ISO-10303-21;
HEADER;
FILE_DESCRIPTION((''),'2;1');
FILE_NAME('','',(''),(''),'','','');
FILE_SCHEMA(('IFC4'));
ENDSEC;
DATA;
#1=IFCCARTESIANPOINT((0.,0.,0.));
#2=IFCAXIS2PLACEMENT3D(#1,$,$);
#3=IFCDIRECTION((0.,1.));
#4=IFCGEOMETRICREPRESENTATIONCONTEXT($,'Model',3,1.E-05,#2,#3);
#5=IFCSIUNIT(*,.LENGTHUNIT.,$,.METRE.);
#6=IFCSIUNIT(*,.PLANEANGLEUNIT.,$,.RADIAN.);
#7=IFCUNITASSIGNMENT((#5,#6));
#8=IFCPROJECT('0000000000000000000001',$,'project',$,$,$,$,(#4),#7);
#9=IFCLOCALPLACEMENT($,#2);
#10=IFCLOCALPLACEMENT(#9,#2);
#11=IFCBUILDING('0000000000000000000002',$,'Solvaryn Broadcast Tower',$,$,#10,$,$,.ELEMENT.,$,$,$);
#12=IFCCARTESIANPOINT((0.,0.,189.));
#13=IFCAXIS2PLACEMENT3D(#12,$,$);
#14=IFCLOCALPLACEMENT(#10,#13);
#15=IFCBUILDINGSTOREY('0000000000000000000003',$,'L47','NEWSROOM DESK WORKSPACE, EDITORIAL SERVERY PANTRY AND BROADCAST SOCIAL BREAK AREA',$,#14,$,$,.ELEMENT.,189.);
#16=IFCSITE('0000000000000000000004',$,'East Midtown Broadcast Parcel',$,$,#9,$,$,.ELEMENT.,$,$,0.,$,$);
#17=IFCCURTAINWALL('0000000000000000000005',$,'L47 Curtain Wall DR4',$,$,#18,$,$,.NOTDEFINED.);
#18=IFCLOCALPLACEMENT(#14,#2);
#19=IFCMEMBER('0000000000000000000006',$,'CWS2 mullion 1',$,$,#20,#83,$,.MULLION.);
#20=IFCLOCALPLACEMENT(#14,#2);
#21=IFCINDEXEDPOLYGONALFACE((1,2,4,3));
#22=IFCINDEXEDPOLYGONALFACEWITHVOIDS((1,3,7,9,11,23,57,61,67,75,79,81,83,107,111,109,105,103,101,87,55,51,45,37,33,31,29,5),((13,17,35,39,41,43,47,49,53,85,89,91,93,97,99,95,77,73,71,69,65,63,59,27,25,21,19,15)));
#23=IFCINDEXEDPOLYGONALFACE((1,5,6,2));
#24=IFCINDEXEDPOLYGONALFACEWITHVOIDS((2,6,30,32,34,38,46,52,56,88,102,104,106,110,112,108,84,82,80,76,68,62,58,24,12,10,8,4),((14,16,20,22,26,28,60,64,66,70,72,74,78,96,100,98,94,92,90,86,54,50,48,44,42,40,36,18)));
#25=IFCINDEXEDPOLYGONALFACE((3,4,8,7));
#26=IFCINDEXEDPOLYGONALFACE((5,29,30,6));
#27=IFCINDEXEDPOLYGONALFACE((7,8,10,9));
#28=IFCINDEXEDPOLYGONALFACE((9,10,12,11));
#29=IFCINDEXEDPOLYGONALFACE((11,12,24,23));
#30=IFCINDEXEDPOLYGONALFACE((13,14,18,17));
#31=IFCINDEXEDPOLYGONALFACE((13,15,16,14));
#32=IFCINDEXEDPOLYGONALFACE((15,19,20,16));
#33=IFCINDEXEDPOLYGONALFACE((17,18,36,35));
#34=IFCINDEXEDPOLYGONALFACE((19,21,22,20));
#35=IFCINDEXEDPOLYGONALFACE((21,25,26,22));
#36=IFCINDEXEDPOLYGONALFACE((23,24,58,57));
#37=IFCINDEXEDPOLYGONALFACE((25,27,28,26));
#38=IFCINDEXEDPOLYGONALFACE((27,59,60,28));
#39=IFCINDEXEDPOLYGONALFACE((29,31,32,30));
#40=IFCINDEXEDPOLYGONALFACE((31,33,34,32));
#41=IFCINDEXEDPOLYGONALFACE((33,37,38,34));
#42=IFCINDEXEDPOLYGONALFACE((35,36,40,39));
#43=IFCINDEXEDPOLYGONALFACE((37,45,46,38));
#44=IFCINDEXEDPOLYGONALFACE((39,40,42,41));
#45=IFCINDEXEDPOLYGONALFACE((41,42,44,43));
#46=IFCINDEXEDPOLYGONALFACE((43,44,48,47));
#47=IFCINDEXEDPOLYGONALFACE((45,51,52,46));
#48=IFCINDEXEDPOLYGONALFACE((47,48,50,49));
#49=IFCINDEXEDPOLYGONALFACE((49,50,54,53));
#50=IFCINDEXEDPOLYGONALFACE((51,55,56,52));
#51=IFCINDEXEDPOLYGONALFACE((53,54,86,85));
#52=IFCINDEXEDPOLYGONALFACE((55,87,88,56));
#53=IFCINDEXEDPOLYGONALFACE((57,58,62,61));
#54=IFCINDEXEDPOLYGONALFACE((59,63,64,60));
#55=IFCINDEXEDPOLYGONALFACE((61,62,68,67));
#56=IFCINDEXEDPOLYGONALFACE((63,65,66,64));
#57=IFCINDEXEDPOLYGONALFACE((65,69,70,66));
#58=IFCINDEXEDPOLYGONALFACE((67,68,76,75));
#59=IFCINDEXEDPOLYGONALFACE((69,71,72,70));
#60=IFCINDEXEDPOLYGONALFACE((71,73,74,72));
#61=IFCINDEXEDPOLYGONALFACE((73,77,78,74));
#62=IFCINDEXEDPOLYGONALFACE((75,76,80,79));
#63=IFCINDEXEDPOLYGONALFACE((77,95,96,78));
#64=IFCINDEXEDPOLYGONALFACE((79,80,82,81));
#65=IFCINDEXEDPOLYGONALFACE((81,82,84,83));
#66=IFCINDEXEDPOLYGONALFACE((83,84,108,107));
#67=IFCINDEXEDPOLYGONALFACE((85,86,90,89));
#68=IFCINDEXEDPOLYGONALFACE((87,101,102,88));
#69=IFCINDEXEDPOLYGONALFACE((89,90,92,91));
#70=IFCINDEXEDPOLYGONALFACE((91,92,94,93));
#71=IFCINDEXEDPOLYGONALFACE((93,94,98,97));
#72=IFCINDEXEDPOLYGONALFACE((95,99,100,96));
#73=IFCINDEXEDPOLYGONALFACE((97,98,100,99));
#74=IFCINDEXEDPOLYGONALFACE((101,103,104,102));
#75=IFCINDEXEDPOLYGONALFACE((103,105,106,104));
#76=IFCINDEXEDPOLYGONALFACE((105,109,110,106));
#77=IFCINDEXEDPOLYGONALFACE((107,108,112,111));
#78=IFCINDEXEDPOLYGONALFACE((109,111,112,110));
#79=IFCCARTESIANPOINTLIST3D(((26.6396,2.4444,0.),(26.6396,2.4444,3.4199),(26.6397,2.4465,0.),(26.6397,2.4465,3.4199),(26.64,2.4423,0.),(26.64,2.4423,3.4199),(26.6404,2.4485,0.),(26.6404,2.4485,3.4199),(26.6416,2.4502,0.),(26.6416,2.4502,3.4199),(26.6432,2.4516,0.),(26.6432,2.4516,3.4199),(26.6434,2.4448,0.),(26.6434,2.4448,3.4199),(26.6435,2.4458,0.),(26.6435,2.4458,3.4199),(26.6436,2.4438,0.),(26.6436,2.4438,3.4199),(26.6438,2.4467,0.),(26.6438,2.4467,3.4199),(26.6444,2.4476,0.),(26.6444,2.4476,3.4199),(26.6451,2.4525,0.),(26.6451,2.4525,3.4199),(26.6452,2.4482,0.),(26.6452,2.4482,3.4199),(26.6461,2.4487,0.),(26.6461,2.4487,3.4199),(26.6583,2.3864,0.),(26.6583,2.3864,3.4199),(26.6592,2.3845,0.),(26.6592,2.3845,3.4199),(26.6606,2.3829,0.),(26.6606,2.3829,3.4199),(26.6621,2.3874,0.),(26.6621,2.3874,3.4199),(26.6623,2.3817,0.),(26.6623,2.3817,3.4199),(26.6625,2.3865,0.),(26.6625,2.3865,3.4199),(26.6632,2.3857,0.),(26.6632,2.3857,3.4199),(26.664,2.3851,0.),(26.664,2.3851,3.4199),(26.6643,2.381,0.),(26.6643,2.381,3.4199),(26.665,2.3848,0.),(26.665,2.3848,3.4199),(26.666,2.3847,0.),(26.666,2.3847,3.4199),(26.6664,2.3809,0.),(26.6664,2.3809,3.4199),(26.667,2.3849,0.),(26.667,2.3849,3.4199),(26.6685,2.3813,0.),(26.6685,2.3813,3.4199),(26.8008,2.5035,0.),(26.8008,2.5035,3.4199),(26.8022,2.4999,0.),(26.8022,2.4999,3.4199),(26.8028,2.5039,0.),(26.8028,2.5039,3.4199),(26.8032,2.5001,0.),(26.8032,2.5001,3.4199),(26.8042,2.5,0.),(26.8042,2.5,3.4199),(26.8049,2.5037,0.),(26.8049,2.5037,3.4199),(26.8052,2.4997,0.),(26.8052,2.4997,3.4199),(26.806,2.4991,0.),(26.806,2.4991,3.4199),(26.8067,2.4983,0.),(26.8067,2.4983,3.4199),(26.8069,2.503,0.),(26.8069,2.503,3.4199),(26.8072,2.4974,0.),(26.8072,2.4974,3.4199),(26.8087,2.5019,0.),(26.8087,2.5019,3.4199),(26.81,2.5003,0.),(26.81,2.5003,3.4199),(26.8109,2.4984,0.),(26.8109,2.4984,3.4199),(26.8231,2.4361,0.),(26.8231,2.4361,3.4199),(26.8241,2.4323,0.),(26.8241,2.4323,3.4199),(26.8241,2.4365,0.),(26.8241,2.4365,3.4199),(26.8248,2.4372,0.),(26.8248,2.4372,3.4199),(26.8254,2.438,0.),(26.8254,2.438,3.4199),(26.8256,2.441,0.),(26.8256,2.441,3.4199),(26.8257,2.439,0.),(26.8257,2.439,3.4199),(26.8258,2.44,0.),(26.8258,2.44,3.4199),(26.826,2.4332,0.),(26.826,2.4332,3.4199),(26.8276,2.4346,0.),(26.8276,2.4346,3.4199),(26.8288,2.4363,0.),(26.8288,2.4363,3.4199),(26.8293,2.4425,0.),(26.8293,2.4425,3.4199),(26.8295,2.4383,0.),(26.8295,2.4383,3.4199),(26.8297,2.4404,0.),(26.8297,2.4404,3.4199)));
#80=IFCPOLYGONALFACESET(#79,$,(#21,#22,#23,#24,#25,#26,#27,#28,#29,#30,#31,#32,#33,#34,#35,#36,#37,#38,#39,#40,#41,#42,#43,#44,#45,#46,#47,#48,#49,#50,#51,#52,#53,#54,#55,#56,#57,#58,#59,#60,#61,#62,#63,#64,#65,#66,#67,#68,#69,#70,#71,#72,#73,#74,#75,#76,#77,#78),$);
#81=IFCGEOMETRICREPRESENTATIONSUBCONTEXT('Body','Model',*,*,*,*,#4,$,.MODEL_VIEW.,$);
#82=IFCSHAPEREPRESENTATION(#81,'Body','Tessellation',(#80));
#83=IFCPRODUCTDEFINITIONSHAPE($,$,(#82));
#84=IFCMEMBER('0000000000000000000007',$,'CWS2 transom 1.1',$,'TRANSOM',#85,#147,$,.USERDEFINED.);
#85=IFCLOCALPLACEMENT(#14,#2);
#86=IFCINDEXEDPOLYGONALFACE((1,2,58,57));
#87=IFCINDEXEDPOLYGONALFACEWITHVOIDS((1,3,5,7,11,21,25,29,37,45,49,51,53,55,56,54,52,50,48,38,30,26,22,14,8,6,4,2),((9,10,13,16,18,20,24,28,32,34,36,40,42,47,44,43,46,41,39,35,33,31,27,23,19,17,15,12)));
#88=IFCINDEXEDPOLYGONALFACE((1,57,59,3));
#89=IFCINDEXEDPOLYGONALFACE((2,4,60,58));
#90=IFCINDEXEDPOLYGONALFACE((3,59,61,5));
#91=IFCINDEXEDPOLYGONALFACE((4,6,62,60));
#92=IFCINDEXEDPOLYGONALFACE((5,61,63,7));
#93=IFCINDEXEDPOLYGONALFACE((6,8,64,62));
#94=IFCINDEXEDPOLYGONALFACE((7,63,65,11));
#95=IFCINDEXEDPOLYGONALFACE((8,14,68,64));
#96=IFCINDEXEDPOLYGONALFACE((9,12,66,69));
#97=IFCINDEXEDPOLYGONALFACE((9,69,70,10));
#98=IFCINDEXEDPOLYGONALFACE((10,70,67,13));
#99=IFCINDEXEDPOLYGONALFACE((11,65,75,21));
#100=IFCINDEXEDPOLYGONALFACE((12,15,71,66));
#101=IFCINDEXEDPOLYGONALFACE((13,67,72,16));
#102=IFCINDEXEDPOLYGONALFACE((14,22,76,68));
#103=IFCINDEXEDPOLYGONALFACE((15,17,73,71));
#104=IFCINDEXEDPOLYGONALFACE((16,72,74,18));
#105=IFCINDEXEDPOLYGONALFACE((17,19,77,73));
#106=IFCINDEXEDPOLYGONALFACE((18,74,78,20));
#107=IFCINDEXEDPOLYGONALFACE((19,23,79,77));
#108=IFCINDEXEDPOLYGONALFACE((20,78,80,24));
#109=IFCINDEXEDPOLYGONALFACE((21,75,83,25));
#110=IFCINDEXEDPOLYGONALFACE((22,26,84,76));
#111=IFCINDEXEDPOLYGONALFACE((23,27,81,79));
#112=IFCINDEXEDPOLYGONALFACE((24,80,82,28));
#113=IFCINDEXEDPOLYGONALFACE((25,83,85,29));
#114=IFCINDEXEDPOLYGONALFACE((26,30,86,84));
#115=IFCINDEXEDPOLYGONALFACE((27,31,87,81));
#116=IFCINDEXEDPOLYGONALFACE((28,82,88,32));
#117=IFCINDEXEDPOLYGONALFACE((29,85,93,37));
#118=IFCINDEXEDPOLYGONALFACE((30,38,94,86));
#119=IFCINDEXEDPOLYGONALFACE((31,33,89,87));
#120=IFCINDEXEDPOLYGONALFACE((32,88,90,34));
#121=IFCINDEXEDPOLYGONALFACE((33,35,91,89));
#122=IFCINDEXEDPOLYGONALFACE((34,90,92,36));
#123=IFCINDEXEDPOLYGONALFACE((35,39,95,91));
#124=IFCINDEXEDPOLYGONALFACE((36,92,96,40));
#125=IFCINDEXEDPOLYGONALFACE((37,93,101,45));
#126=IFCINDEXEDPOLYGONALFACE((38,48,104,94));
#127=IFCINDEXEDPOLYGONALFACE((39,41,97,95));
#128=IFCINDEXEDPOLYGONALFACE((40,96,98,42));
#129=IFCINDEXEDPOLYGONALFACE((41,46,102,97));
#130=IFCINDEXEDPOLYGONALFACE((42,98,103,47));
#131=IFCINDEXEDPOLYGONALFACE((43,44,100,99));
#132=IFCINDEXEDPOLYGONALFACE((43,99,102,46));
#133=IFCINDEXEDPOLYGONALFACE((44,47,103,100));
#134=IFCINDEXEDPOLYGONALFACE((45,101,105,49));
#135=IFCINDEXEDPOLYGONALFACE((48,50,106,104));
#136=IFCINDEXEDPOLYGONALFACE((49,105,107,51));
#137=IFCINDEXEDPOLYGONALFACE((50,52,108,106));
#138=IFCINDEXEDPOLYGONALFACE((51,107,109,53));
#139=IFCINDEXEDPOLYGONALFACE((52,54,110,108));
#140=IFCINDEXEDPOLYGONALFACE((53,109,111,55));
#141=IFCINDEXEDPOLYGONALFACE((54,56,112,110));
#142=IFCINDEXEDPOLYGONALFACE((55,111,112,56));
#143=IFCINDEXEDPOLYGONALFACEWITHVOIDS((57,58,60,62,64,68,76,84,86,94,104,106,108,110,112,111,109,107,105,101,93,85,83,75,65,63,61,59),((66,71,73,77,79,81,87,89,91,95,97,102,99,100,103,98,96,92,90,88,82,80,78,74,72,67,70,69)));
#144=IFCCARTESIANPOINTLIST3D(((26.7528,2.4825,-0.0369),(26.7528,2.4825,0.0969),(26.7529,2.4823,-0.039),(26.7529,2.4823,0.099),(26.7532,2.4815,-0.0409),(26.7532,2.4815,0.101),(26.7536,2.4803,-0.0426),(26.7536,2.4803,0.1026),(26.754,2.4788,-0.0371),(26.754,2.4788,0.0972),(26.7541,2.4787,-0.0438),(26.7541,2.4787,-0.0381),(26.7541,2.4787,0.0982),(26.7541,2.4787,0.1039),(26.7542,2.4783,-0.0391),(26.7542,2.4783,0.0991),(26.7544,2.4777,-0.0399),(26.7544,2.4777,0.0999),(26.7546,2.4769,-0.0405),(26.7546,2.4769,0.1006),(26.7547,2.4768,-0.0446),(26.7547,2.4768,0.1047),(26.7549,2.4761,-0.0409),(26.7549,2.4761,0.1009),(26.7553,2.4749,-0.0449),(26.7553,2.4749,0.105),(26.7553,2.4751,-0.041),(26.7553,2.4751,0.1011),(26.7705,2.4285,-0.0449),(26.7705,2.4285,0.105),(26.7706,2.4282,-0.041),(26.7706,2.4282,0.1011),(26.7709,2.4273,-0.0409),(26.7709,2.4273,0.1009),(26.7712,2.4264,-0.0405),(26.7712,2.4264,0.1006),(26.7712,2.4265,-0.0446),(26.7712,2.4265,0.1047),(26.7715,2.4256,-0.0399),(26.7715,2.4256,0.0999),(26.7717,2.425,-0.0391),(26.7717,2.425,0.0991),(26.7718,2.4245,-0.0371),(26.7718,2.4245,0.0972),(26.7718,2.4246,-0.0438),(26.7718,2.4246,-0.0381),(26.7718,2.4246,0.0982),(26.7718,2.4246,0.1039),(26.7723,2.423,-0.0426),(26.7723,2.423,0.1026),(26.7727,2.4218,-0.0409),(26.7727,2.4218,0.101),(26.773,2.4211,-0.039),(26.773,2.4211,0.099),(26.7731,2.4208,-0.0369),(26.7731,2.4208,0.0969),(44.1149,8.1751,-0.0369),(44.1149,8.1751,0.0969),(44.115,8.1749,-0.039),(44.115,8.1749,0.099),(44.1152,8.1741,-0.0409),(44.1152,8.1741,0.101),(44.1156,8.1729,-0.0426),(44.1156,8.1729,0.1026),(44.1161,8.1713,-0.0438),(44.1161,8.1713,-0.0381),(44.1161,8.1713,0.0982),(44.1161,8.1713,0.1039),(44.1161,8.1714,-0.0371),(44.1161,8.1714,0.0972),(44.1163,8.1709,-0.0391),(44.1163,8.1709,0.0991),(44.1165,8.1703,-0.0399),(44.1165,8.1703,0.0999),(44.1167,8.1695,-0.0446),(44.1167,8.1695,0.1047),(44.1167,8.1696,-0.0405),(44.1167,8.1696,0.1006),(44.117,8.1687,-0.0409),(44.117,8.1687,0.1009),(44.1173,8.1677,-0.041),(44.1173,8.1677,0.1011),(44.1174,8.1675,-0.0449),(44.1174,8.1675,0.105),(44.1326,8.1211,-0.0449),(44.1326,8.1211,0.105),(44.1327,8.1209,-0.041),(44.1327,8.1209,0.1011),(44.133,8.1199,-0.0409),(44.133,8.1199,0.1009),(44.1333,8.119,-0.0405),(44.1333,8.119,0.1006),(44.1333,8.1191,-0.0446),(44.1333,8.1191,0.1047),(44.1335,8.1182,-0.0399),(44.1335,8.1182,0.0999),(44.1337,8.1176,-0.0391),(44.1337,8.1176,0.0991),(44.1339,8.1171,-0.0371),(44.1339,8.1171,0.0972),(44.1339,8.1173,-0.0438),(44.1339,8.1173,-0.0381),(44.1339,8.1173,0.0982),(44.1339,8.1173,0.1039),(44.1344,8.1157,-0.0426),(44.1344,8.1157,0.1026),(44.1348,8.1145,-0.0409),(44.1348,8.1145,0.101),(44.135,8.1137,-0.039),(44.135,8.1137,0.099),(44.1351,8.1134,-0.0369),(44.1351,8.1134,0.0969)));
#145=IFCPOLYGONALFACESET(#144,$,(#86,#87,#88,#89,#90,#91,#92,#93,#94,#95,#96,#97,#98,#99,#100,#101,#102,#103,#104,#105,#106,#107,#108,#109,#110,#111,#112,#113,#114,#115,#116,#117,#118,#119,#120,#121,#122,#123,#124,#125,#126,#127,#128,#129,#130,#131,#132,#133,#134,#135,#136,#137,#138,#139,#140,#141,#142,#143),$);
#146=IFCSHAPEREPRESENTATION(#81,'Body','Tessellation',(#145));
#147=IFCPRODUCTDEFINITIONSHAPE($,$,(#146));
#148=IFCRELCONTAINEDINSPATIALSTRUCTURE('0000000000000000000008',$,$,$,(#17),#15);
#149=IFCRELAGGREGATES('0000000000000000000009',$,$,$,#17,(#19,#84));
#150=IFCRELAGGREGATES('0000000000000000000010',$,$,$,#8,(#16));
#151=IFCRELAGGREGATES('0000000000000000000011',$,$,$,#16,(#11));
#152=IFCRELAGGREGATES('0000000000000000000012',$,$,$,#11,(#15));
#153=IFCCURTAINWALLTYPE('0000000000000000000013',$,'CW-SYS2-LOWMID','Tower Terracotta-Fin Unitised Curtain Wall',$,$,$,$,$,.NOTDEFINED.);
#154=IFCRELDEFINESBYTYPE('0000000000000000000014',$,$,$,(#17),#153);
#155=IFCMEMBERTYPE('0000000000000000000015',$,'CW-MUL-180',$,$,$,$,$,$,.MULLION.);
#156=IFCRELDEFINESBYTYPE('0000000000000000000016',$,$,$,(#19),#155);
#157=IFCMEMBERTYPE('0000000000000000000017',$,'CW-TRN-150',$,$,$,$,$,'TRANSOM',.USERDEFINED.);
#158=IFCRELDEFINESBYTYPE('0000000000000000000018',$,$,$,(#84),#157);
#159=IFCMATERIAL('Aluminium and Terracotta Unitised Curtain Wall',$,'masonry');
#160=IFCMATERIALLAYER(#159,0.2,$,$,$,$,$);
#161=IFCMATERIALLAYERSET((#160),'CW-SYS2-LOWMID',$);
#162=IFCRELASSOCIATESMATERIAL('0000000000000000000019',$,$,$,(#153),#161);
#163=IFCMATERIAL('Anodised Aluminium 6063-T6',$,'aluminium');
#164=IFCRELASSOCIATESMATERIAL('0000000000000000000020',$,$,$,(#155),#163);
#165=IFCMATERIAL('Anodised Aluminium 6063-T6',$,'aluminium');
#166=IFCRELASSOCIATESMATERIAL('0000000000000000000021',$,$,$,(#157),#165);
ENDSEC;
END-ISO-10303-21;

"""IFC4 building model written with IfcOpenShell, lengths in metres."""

from ifc_helpers import new_model, si_unit, direction, frame, origin, origin_2d, place, context, subcontext, project, spatial, hollow_rectangle, extrude, material, layer, layer_set, material_profile, profile_set, type_object, element, aggregate, save


model = new_model("IFC4")

# Units and contexts
model_context = context("Model", 3, precision=1e-05, world=origin(), true_north=direction((0.0, 1.0)))
body_context = subcontext(model_context, "Body", "Model", "MODEL_VIEW")
ifc_project = project(units=[si_unit("LENGTHUNIT", "METRE"), si_unit("PLANEANGLEUNIT", "RADIAN")], contexts=[model_context])

# Site, building, storey
site_placement = place(None, origin())
site = spatial("IfcSite", under=ifc_project, at=site_placement, Name="East Midtown Broadcast Parcel", CompositionType="ELEMENT", RefElevation=0.0)
building_placement = place(site_placement, origin())
building = spatial("IfcBuilding", under=site, at=building_placement, Name="Solvaryn Broadcast Tower", CompositionType="ELEMENT")
storey_placement = place(building_placement, frame((0.0, 0.0, 189.0)))
storey = spatial("IfcBuildingStorey", under=building, at=storey_placement, Name="L47", Description="NEWSROOM DESK WORKSPACE, EDITORIAL SERVERY PANTRY AND BROADCAST SOCIAL BREAK AREA", CompositionType="ELEMENT", Elevation=189.0)

# Shared definitions
ifc_material_1 = material(Name="Aluminium and Terracotta Unitised Curtain Wall", Category="masonry")
ifc_layer_1 = layer(ifc_material_1, 0.2)
ifc_layer_set_1 = layer_set([ifc_layer_1], Name="CW-SYS2-LOWMID")
curtain_wall_type = type_object("IfcCurtainWallType", Name="CW-SYS2-LOWMID", Description="Tower Terracotta-Fin Unitised Curtain Wall", PredefinedType="NOTDEFINED", material=ifc_layer_set_1)
ifc_material_2 = material(Name="Anodised Aluminium 6063-T6", Category="aluminium")
ifc_material_profile_1 = material_profile(ifc_material_2, hollow_rectangle(XDim=0.075, YDim=0.1799, WallThickness=0.0039, InnerFilletRadius=0.0039, OuterFilletRadius=0.0081, at=origin_2d()))
ifc_profile_set_1 = profile_set([ifc_material_profile_1], Name="Anodised Aluminium 6063-T6")
member_type_1 = type_object("IfcMemberType", Name="CW-MUL-180", PredefinedType="MULLION", material=ifc_profile_set_1)

# Curtain wall, members
curtain_wall_1_placement = place(storey_placement, origin())
curtain_wall_1 = element("IfcCurtainWall", 1, at=curtain_wall_1_placement, inside=storey, type_object=curtain_wall_type, Name="L47 Curtain Wall DR4", PredefinedType="NOTDEFINED")
member_1_placement = place(storey_placement, frame((26.7346, 2.4424, 0.0), z_axis=(0.0, 0.0, 1.0), x_axis=(-0.311559, 0.950227, 0.0)))
member_1 = element("IfcMember", 2, at=member_1_placement, type_object=member_type_1, Name="CWS2 mullion 1", PredefinedType="MULLION", context=body_context, shape_type="SweptSolid", body=[
    extrude(hollow_rectangle(XDim=0.075, YDim=0.1799, WallThickness=0.0039, InnerFilletRadius=0.0039, OuterFilletRadius=0.0081, at=origin_2d()), origin(), (0.0, 0.0, 1.0), 3.4199),
])
ifc_material_3 = material(Name="Anodised Aluminium 6063-T6", Category="aluminium")
ifc_material_profile_2 = material_profile(ifc_material_3, hollow_rectangle(XDim=0.0649, YDim=0.1499, WallThickness=0.0039, InnerFilletRadius=0.0039, OuterFilletRadius=0.0081, at=origin_2d()))
ifc_profile_set_2 = profile_set([ifc_material_profile_2], Name="Anodised Aluminium 6063-T6")
member_type_2 = type_object("IfcMemberType", Name="CW-TRN-150", ElementType="TRANSOM", PredefinedType="USERDEFINED", material=ifc_profile_set_2)
member_2_placement = place(storey_placement, frame((26.7629, 2.4517, 0.03), z_axis=(0.950227, 0.311558, 0.0), x_axis=(-0.311558, 0.950227, 0.0)))
member_2 = element("IfcMember", 3, at=member_2_placement, type_object=member_type_2, Name="CWS2 transom 1.1", ObjectType="TRANSOM", PredefinedType="USERDEFINED", context=body_context, shape_type="SweptSolid", body=[
    extrude(hollow_rectangle(XDim=0.0649, YDim=0.1499, WallThickness=0.0039, InnerFilletRadius=0.0039, OuterFilletRadius=0.0081, at=origin_2d()), origin(), (0.0, 0.0, 1.0), 18.2715),
])
aggregate(curtain_wall_1, [member_1, member_2])

save(model, "model.ifc")
